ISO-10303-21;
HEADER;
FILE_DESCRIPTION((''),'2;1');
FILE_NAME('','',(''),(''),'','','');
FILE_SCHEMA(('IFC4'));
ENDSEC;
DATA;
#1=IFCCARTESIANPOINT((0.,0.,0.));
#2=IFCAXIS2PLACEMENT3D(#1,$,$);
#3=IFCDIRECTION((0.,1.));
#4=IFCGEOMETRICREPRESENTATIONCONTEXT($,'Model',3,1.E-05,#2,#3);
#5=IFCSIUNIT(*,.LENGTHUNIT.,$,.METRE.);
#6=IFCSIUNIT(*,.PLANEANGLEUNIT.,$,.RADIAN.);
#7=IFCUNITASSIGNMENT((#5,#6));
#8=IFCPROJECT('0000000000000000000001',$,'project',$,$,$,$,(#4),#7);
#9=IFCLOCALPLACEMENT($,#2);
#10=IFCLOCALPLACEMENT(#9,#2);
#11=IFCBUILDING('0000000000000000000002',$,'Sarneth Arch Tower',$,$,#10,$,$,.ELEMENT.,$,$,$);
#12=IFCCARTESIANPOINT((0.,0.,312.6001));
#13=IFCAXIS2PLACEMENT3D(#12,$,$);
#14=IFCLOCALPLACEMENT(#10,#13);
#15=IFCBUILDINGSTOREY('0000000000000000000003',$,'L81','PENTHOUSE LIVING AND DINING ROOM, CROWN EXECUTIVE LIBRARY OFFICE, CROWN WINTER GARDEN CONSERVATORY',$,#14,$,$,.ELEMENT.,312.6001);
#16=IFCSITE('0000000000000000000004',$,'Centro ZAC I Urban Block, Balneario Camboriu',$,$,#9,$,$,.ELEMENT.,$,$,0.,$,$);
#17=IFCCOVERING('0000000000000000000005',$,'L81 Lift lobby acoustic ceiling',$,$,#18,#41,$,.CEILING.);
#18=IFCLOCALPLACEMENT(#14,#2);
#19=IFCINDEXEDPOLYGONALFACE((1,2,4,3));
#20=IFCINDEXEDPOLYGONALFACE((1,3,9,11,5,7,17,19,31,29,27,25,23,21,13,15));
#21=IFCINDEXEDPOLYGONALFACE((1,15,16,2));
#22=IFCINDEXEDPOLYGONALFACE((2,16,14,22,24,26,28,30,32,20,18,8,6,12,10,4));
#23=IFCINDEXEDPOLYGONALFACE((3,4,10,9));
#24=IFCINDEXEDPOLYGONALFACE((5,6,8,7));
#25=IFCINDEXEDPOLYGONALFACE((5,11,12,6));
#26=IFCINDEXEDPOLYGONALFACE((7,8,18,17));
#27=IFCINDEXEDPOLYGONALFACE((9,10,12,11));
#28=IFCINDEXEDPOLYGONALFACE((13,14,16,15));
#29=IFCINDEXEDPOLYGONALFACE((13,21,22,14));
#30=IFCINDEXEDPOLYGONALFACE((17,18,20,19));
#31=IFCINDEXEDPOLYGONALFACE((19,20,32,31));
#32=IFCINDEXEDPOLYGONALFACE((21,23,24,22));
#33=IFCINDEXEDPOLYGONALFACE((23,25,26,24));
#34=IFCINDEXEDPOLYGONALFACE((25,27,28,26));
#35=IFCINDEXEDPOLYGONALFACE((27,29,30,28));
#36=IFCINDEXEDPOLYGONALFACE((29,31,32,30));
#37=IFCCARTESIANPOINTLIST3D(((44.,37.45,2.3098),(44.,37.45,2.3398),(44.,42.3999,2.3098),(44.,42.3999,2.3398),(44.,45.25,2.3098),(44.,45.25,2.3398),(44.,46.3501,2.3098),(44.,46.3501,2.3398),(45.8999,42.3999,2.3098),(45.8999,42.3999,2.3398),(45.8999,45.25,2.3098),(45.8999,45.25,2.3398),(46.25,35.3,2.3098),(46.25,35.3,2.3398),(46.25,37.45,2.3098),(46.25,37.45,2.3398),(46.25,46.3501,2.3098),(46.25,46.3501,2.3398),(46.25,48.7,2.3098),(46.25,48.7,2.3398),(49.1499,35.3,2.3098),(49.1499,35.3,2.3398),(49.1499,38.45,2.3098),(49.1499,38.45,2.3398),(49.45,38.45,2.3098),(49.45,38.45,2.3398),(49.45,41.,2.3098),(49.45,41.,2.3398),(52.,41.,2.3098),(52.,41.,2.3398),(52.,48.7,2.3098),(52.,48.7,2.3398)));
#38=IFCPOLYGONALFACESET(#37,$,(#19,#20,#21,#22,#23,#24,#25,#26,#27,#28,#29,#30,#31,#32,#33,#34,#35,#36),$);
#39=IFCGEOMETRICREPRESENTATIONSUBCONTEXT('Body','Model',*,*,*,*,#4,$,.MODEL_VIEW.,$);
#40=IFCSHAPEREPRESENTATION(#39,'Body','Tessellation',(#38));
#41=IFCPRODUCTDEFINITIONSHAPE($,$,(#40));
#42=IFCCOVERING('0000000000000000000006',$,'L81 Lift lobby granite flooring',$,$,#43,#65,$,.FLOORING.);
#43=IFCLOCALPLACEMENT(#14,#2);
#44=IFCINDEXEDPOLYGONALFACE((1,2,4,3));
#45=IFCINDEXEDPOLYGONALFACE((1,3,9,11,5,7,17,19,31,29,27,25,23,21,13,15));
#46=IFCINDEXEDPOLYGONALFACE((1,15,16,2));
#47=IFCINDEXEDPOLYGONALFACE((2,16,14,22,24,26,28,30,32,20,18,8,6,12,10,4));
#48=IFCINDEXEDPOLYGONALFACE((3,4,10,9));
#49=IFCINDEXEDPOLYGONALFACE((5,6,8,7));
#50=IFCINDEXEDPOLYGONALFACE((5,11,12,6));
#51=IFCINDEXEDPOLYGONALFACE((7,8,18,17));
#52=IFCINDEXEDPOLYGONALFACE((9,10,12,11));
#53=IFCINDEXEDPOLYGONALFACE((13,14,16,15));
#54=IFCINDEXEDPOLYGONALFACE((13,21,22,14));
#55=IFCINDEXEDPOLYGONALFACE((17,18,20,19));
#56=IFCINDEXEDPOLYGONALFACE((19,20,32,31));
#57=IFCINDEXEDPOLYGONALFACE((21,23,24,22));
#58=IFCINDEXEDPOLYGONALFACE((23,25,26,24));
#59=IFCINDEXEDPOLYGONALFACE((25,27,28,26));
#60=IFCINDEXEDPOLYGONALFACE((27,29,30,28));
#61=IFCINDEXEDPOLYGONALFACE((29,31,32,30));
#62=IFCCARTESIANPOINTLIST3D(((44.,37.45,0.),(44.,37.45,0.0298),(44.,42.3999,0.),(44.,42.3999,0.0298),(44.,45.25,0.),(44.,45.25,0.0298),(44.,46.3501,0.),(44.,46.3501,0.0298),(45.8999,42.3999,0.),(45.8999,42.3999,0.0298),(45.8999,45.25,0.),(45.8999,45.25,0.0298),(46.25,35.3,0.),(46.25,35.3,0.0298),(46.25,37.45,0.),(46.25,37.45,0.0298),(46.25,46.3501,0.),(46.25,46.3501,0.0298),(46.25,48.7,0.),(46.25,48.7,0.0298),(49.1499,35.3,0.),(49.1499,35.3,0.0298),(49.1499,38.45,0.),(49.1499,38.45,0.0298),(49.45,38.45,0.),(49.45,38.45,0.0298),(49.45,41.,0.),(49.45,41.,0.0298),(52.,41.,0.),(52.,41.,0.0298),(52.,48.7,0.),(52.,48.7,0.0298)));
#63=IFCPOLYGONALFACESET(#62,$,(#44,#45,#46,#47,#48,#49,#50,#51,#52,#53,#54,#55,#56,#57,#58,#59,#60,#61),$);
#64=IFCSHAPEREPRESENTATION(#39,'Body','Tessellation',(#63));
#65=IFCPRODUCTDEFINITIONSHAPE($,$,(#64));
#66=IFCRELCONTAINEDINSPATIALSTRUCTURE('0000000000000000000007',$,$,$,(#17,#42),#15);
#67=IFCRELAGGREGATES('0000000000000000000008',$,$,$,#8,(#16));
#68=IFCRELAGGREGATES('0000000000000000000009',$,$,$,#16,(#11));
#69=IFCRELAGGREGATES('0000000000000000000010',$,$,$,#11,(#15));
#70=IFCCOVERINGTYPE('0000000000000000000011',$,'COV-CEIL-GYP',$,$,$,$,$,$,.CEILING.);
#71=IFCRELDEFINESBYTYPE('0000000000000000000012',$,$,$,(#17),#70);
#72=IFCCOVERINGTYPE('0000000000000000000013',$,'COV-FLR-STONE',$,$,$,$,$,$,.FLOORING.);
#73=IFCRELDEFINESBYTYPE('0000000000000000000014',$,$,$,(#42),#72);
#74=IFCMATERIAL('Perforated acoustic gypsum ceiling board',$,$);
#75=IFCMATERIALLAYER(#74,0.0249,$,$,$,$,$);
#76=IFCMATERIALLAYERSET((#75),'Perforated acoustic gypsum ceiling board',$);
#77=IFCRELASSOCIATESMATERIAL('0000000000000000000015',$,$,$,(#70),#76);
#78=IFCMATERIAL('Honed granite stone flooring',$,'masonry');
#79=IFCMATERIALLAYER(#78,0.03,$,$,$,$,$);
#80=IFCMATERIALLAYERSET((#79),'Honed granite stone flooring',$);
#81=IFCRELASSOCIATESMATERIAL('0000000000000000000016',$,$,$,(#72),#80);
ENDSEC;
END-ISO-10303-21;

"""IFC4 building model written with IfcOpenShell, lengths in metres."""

from ifc_helpers import new_model, si_unit, direction, frame, origin, place, context, subcontext, project, spatial, polyline, outline, extrude, material, layer, layer_set, type_object, element, save


model = new_model("IFC4")

# Units and contexts
model_context = context("Model", 3, precision=1e-05, world=origin(), true_north=direction((0.0, 1.0)))
body_context = subcontext(model_context, "Body", "Model", "MODEL_VIEW")
ifc_project = project(units=[si_unit("LENGTHUNIT", "METRE"), si_unit("PLANEANGLEUNIT", "RADIAN")], contexts=[model_context])

# Site, building, storey
site_placement = place(None, origin())
site = spatial("IfcSite", under=ifc_project, at=site_placement, Name="Centro ZAC I Urban Block, Balneario Camboriu", CompositionType="ELEMENT", RefElevation=0.0)
building_placement = place(site_placement, origin())
building = spatial("IfcBuilding", under=site, at=building_placement, Name="Sarneth Arch Tower", CompositionType="ELEMENT")
storey_placement = place(building_placement, frame((0.0, 0.0, 312.6001)))
storey = spatial("IfcBuildingStorey", under=building, at=storey_placement, Name="L81", Description="PENTHOUSE LIVING AND DINING ROOM, CROWN EXECUTIVE LIBRARY OFFICE, CROWN WINTER GARDEN CONSERVATORY", CompositionType="ELEMENT", Elevation=312.6001)

# Coverings
ifc_material_1 = material(Name="Perforated acoustic gypsum ceiling board")
ifc_layer_1 = layer(ifc_material_1, 0.0249)
ifc_layer_set_1 = layer_set([ifc_layer_1], Name="Perforated acoustic gypsum ceiling board")
covering_type_1 = type_object("IfcCoveringType", Name="COV-CEIL-GYP", PredefinedType="CEILING", material=ifc_layer_set_1)
covering_1_placement = place(storey_placement, frame((0.0, 0.0, 2.3098)))
element("IfcCovering", 1, at=covering_1_placement, inside=storey, type_object=covering_type_1, Name="L81 Lift lobby acoustic ceiling", PredefinedType="CEILING", context=body_context, shape_type="SweptSolid", body=[
    extrude(outline(polyline([(49.45, 41.0), (49.45, 38.45), (49.1499, 38.45), (49.1499, 35.3), (46.25, 35.3), (46.25, 37.45), (44.0, 37.45), (44.0, 42.3999), (45.8999, 42.3999), (45.8999, 45.25), (44.0, 45.25), (44.0, 46.3501), (46.25, 46.3501), (46.25, 48.7), (52.0, 48.7), (52.0, 41.0), (49.45, 41.0)])), origin(), (0.0, 0.0, 1.0), 0.03),
])
ifc_material_2 = material(Name="Honed granite stone flooring", Category="masonry")
ifc_layer_2 = layer(ifc_material_2, 0.03)
ifc_layer_set_2 = layer_set([ifc_layer_2], Name="Honed granite stone flooring")
covering_type_2 = type_object("IfcCoveringType", Name="COV-FLR-STONE", PredefinedType="FLOORING", material=ifc_layer_set_2)
covering_2_placement = place(storey_placement, origin())
element("IfcCovering", 2, at=covering_2_placement, inside=storey, type_object=covering_type_2, Name="L81 Lift lobby granite flooring", PredefinedType="FLOORING", context=body_context, shape_type="SweptSolid", body=[
    extrude(outline(polyline([(49.45, 41.0), (49.45, 38.45), (49.1499, 38.45), (49.1499, 35.3), (46.25, 35.3), (46.25, 37.45), (44.0, 37.45), (44.0, 42.3999), (45.8999, 42.3999), (45.8999, 45.25), (44.0, 45.25), (44.0, 46.3501), (46.25, 46.3501), (46.25, 48.7), (52.0, 48.7), (52.0, 41.0), (49.45, 41.0)])), origin(), (0.0, 0.0, 1.0), 0.0298),
])

save(model, "model.ifc")
